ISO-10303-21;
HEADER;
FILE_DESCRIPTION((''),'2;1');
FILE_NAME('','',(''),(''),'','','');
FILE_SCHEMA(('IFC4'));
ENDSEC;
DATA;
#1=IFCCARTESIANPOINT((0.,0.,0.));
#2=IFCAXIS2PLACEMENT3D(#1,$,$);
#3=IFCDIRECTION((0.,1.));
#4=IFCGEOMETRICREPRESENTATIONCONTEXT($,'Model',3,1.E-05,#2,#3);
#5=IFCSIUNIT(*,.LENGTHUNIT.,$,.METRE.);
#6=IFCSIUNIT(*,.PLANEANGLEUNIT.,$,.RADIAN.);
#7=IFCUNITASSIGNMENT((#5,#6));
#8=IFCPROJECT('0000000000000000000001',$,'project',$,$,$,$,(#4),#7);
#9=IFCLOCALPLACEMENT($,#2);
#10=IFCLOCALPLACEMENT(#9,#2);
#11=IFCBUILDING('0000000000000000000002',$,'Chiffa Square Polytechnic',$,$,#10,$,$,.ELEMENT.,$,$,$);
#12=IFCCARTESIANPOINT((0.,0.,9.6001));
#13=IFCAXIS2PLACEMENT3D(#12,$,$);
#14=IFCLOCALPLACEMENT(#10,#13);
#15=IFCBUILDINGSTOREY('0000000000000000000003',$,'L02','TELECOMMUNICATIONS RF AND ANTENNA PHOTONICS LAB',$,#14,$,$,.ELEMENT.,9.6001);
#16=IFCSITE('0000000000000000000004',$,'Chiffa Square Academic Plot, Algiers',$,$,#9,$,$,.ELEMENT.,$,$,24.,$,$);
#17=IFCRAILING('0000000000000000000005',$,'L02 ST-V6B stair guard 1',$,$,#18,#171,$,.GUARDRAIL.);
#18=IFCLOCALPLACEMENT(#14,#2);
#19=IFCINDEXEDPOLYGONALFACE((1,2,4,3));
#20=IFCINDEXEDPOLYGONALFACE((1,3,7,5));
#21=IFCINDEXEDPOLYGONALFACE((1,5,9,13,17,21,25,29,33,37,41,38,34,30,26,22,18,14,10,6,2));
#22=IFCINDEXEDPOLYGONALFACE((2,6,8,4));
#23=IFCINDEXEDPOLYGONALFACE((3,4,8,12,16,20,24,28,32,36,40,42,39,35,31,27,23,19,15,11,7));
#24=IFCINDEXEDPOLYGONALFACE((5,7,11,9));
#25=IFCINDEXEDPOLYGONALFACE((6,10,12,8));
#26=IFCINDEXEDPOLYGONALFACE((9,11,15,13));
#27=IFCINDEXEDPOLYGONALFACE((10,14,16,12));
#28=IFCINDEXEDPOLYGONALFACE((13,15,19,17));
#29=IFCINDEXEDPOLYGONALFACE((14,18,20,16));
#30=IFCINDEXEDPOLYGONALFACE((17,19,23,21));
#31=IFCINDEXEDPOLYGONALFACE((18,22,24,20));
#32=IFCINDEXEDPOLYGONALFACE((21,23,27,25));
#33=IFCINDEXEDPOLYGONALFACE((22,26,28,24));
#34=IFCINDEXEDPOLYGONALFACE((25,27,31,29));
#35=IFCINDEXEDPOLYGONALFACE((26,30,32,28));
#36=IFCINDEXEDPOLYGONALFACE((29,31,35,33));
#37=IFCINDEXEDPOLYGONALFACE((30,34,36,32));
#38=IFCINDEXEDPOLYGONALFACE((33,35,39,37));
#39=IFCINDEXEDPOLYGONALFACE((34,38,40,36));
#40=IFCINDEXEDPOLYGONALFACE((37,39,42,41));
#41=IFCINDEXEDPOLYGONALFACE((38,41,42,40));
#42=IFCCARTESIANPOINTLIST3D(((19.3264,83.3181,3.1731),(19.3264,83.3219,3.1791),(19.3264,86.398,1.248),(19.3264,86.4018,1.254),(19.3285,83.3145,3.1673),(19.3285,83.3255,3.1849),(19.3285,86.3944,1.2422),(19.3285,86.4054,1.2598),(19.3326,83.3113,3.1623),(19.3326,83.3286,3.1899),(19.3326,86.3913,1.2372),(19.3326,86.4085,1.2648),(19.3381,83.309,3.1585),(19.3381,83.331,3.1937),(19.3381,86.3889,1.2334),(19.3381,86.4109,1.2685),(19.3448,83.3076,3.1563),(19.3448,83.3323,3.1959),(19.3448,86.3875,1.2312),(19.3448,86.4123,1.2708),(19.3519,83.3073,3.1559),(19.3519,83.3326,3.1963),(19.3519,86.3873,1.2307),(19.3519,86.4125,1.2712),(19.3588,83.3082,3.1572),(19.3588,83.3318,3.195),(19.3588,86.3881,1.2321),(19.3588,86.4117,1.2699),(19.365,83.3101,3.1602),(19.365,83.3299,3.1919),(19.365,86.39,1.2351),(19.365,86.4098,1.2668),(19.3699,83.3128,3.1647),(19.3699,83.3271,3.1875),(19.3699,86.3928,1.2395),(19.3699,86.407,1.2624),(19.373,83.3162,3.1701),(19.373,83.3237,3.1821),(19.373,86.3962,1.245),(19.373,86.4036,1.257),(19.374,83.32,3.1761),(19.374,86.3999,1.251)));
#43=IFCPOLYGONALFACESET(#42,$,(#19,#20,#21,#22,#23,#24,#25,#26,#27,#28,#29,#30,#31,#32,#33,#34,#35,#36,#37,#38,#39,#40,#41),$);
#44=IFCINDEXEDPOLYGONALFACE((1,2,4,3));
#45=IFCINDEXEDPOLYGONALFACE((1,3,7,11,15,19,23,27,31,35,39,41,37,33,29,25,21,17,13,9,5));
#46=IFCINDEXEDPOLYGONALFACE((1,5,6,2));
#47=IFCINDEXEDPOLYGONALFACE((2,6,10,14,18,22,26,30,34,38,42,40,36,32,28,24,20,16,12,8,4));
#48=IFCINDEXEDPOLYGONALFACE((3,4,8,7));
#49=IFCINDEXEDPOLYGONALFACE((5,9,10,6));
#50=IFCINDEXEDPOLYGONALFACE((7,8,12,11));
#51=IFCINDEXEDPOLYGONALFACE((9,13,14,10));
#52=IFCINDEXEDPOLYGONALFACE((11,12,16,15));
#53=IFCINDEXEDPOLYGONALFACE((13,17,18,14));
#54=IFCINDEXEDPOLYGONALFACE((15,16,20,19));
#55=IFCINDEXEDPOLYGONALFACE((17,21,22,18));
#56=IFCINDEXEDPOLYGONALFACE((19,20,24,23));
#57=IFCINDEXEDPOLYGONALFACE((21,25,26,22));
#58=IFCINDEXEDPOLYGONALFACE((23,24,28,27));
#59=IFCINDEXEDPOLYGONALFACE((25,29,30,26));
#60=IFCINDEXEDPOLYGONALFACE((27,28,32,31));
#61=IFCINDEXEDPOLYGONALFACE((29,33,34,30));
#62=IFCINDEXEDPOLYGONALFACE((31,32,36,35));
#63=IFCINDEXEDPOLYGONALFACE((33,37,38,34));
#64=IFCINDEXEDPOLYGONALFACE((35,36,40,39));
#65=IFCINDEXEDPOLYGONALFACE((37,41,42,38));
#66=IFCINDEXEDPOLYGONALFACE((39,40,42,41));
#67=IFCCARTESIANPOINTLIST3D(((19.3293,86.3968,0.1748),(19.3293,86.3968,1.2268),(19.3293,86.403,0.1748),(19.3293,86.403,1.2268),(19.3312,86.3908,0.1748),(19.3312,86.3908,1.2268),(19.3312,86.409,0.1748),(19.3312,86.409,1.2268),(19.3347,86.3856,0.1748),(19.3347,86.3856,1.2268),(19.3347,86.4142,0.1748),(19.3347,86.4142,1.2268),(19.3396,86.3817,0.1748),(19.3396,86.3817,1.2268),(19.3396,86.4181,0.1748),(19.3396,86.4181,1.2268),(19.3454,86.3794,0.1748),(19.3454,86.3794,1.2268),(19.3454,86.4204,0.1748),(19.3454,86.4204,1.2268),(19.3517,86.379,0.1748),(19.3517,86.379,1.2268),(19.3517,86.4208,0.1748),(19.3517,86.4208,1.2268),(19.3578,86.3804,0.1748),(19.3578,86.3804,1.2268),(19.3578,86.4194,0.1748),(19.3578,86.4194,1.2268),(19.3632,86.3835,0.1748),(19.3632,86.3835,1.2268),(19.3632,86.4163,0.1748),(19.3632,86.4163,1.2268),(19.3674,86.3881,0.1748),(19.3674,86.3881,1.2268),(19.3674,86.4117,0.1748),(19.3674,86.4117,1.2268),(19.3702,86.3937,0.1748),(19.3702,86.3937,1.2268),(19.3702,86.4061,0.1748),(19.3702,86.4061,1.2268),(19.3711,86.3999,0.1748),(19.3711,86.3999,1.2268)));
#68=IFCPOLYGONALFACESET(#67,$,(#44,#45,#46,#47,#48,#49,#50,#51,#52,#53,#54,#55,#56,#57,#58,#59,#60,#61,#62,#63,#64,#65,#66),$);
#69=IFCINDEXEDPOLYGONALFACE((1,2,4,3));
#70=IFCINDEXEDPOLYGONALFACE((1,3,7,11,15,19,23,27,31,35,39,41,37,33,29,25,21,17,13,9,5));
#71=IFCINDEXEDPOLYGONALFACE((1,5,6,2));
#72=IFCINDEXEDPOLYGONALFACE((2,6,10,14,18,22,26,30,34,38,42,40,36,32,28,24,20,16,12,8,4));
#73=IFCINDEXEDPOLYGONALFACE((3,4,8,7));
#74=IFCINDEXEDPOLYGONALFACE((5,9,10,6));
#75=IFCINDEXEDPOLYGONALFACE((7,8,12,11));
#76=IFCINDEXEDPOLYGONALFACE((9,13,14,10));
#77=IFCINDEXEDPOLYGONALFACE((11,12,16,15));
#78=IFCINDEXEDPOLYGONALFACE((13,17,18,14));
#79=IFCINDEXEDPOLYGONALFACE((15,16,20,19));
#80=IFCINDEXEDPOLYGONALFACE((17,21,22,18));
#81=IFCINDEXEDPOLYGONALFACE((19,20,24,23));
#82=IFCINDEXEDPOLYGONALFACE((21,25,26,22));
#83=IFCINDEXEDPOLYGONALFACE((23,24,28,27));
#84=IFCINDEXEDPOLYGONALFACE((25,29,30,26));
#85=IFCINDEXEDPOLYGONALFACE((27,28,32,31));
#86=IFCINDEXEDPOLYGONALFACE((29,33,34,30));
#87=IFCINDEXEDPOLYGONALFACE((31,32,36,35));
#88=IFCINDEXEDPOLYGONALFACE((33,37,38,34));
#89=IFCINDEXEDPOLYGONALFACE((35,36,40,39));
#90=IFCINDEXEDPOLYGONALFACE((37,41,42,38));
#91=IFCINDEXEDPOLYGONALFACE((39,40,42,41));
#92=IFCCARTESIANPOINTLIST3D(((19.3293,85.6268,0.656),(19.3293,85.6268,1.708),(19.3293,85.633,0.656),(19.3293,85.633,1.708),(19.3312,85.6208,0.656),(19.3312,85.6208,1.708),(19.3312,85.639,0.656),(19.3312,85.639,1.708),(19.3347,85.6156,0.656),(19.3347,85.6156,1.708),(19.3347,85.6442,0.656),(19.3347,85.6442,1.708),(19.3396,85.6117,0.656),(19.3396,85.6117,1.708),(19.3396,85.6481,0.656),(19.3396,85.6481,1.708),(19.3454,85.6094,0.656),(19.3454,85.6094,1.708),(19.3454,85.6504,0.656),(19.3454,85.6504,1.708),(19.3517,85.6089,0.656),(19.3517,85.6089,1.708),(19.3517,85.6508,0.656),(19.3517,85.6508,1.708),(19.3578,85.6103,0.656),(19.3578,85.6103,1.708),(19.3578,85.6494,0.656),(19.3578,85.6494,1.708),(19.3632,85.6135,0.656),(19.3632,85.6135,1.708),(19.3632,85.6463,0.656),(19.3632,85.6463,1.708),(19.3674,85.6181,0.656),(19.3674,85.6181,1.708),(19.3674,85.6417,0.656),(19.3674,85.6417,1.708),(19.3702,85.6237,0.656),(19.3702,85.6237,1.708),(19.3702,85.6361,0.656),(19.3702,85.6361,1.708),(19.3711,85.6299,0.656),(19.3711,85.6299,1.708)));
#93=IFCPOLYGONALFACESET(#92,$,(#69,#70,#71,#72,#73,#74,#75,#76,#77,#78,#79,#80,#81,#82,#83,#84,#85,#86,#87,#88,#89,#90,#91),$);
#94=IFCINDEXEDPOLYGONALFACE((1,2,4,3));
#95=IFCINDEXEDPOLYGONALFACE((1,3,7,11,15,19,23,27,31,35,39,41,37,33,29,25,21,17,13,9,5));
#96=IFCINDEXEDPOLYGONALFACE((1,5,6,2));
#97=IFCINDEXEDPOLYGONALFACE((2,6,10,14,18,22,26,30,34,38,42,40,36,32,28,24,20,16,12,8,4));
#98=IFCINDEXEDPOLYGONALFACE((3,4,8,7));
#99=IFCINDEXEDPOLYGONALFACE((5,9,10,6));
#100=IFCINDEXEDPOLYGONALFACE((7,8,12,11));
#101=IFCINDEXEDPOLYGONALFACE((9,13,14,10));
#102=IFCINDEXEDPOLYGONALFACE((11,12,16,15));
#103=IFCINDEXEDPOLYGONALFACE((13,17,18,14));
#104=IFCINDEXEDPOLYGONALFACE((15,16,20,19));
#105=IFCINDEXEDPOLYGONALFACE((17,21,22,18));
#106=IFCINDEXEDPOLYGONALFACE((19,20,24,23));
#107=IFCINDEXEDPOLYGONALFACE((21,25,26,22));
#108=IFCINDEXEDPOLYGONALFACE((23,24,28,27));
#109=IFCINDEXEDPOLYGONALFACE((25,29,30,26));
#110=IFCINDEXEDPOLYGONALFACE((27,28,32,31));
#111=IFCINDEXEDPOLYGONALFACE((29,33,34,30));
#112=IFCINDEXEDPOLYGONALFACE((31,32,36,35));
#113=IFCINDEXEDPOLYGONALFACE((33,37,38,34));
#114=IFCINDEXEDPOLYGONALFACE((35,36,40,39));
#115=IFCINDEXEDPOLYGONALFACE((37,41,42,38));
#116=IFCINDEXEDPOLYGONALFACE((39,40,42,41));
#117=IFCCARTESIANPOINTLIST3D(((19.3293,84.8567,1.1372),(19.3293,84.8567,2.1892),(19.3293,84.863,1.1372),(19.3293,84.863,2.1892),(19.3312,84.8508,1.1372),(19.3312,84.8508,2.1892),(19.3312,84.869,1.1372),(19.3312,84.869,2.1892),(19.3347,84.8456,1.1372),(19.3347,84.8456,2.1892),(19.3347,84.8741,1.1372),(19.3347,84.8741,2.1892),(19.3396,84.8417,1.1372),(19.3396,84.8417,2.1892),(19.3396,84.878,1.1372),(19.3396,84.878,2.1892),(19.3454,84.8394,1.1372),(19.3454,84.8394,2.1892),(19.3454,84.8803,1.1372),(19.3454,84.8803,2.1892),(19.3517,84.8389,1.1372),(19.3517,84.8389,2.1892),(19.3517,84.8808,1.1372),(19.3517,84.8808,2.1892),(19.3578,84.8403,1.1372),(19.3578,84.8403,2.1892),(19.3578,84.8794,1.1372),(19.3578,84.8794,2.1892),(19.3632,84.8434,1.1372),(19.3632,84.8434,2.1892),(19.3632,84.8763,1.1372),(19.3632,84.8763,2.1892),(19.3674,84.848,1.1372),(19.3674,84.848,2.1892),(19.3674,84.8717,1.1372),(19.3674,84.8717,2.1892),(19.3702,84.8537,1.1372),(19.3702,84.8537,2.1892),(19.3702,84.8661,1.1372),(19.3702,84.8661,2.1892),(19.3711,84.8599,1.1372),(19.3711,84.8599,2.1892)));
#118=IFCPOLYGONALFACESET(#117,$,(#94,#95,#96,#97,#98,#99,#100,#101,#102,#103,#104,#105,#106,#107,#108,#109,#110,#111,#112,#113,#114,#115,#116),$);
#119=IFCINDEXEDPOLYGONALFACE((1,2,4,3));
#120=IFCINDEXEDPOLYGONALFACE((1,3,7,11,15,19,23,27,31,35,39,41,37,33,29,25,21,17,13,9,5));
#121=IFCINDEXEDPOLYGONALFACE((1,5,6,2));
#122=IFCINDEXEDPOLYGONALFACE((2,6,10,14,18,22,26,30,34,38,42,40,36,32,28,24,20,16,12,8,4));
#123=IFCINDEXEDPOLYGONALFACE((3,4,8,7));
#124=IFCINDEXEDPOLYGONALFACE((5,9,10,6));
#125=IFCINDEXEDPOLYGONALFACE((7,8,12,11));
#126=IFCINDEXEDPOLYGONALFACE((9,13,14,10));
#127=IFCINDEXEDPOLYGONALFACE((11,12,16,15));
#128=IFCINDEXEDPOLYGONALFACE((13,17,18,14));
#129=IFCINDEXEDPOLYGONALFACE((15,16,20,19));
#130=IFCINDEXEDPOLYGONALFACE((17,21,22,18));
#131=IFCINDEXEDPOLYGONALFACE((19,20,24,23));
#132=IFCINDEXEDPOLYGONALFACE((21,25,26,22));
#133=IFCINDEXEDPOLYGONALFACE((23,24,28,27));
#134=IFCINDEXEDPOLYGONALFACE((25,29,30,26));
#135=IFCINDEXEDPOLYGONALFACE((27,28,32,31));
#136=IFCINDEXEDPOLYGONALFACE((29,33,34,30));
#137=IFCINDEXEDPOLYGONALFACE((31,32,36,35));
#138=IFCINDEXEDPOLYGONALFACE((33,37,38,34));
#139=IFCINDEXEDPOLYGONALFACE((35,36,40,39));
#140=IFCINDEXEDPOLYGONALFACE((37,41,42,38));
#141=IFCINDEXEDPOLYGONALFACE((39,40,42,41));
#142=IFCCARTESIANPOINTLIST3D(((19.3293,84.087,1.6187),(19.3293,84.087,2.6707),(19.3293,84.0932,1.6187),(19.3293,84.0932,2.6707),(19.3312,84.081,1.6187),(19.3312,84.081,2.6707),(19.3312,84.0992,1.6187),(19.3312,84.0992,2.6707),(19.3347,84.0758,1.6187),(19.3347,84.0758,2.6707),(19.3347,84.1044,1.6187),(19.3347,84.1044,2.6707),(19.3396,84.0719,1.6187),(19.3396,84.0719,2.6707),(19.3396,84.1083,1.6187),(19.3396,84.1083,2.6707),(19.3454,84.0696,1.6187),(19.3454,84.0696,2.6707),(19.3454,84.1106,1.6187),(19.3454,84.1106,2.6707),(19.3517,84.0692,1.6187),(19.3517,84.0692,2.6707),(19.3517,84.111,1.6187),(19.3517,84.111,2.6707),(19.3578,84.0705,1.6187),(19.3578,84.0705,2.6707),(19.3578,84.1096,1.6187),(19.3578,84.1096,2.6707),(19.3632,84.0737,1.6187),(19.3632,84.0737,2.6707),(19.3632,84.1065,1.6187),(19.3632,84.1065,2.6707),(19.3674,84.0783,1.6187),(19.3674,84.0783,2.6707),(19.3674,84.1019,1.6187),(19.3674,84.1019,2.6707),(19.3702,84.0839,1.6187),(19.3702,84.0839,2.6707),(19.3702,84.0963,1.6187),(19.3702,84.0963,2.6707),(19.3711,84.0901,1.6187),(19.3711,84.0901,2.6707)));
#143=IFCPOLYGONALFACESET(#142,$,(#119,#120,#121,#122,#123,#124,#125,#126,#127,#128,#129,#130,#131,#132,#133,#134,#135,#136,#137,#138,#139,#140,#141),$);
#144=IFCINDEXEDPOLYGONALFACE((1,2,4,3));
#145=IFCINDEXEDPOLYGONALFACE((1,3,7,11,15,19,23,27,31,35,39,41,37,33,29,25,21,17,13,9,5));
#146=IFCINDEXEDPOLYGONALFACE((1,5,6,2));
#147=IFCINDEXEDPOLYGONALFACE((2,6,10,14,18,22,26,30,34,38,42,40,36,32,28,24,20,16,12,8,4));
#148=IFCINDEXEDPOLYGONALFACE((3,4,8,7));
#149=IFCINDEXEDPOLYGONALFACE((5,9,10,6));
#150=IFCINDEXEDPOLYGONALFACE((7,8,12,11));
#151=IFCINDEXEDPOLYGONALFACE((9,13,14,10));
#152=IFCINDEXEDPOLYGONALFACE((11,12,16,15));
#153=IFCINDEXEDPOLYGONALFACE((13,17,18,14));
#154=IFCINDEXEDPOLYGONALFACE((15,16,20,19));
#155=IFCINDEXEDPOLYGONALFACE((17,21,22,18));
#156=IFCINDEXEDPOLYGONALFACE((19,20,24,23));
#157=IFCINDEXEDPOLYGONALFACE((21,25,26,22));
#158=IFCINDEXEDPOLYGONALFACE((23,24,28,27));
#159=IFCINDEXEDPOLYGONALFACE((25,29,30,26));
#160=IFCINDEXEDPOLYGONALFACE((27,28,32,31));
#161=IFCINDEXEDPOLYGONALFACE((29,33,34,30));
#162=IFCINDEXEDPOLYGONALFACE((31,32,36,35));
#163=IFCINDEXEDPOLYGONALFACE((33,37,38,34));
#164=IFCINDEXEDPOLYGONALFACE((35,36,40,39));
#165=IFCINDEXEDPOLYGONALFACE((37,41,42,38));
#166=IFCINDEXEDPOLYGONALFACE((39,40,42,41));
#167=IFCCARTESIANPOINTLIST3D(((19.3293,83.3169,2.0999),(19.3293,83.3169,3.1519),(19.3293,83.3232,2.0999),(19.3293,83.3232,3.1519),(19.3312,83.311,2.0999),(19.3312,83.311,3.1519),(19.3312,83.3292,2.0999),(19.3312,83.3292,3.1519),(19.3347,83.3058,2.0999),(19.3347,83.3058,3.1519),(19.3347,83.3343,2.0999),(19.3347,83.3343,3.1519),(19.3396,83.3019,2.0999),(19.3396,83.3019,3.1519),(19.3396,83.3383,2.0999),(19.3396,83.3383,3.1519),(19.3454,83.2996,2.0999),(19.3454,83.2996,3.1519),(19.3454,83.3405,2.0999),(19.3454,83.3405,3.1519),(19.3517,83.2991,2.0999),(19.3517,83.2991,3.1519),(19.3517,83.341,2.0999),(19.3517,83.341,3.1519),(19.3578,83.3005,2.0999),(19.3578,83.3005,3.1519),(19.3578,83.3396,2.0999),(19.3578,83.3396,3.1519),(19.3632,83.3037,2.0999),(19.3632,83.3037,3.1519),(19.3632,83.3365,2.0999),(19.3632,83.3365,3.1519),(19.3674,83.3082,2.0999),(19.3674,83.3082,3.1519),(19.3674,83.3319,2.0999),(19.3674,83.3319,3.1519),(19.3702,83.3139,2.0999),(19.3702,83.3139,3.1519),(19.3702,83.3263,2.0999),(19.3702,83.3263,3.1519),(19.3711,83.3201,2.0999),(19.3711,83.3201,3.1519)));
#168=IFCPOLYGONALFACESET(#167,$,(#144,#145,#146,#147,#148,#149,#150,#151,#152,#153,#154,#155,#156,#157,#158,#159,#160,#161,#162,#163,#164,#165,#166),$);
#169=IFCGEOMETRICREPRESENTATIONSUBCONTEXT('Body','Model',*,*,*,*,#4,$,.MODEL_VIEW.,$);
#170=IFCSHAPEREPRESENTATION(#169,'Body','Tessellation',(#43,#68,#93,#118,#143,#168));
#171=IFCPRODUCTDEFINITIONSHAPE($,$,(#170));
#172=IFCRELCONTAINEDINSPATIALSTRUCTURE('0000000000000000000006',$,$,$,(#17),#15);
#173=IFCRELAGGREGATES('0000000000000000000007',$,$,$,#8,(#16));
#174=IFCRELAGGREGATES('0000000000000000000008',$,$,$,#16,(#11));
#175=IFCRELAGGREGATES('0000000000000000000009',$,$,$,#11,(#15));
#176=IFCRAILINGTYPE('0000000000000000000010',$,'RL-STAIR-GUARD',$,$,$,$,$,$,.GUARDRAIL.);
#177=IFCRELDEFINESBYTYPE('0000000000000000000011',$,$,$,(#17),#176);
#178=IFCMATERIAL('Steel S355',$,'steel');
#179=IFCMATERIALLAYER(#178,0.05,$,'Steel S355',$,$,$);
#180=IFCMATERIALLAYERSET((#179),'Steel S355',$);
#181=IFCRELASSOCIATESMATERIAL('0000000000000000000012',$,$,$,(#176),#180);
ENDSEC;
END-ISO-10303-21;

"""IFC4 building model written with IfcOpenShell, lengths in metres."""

from ifc_helpers import new_model, si_unit, direction, frame, origin, origin_2d, place, context, subcontext, project, spatial, circle, extrude, material, layer, layer_set, type_object, element, save


model = new_model("IFC4")

# Units and contexts
model_context = context("Model", 3, precision=1e-05, world=origin(), true_north=direction((0.0, 1.0)))
body_context = subcontext(model_context, "Body", "Model", "MODEL_VIEW")
ifc_project = project(units=[si_unit("LENGTHUNIT", "METRE"), si_unit("PLANEANGLEUNIT", "RADIAN")], contexts=[model_context])

# Site, building, storey
site_placement = place(None, origin())
site = spatial("IfcSite", under=ifc_project, at=site_placement, Name="Chiffa Square Academic Plot, Algiers", CompositionType="ELEMENT", RefElevation=24.0)
building_placement = place(site_placement, origin())
building = spatial("IfcBuilding", under=site, at=building_placement, Name="Chiffa Square Polytechnic", CompositionType="ELEMENT")
storey_placement = place(building_placement, frame((0.0, 0.0, 9.6001)))
storey = spatial("IfcBuildingStorey", under=building, at=storey_placement, Name="L02", Description="TELECOMMUNICATIONS RF AND ANTENNA PHOTONICS LAB", CompositionType="ELEMENT", Elevation=9.6001)

# Railing
ifc_material_1 = material(Name="Steel S355", Category="steel")
ifc_layer_1 = layer(ifc_material_1, 0.05, Name="Steel S355")
ifc_layer_set_1 = layer_set([ifc_layer_1], Name="Steel S355")
railing_type_1 = type_object("IfcRailingType", Name="RL-STAIR-GUARD", PredefinedType="GUARDRAIL", material=ifc_layer_set_1)
railing_1_placement = place(storey_placement, frame((19.3501, 86.3999, 0.1748)))
element("IfcRailing", 1, at=railing_1_placement, inside=storey, type_object=railing_type_1, Name="L02 ST-V6B stair guard 1", PredefinedType="GUARDRAIL", context=body_context, shape_type="SweptSolid", body=[
    extrude(circle(Radius=0.0239, at=origin_2d()), frame((0.0, 0.0, 1.0762), z_axis=(0.0, -0.847979, 0.530029), x_axis=(1.0, 0.0, 0.0)), (0.0, 0.0, 1.0), 3.6321),
    extrude(circle(Radius=0.021, at=origin_2d()), origin(), (0.0, 0.0, 1.0), 1.052),
    extrude(circle(Radius=0.021, at=origin_2d()), frame((0.0, -0.77, 0.4812)), (0.0, 0.0, 1.0), 1.052),
    extrude(circle(Radius=0.021, at=origin_2d()), frame((0.0, -1.54, 0.9624)), (0.0, 0.0, 1.0), 1.052),
    extrude(circle(Radius=0.021, at=origin_2d()), frame((0.0, -2.3098, 1.4438)), (0.0, 0.0, 1.0), 1.052),
    extrude(circle(Radius=0.021, at=origin_2d()), frame((0.0, -3.0798, 1.925)), (0.0, 0.0, 1.0), 1.052),
])

save(model, "model.ifc")
